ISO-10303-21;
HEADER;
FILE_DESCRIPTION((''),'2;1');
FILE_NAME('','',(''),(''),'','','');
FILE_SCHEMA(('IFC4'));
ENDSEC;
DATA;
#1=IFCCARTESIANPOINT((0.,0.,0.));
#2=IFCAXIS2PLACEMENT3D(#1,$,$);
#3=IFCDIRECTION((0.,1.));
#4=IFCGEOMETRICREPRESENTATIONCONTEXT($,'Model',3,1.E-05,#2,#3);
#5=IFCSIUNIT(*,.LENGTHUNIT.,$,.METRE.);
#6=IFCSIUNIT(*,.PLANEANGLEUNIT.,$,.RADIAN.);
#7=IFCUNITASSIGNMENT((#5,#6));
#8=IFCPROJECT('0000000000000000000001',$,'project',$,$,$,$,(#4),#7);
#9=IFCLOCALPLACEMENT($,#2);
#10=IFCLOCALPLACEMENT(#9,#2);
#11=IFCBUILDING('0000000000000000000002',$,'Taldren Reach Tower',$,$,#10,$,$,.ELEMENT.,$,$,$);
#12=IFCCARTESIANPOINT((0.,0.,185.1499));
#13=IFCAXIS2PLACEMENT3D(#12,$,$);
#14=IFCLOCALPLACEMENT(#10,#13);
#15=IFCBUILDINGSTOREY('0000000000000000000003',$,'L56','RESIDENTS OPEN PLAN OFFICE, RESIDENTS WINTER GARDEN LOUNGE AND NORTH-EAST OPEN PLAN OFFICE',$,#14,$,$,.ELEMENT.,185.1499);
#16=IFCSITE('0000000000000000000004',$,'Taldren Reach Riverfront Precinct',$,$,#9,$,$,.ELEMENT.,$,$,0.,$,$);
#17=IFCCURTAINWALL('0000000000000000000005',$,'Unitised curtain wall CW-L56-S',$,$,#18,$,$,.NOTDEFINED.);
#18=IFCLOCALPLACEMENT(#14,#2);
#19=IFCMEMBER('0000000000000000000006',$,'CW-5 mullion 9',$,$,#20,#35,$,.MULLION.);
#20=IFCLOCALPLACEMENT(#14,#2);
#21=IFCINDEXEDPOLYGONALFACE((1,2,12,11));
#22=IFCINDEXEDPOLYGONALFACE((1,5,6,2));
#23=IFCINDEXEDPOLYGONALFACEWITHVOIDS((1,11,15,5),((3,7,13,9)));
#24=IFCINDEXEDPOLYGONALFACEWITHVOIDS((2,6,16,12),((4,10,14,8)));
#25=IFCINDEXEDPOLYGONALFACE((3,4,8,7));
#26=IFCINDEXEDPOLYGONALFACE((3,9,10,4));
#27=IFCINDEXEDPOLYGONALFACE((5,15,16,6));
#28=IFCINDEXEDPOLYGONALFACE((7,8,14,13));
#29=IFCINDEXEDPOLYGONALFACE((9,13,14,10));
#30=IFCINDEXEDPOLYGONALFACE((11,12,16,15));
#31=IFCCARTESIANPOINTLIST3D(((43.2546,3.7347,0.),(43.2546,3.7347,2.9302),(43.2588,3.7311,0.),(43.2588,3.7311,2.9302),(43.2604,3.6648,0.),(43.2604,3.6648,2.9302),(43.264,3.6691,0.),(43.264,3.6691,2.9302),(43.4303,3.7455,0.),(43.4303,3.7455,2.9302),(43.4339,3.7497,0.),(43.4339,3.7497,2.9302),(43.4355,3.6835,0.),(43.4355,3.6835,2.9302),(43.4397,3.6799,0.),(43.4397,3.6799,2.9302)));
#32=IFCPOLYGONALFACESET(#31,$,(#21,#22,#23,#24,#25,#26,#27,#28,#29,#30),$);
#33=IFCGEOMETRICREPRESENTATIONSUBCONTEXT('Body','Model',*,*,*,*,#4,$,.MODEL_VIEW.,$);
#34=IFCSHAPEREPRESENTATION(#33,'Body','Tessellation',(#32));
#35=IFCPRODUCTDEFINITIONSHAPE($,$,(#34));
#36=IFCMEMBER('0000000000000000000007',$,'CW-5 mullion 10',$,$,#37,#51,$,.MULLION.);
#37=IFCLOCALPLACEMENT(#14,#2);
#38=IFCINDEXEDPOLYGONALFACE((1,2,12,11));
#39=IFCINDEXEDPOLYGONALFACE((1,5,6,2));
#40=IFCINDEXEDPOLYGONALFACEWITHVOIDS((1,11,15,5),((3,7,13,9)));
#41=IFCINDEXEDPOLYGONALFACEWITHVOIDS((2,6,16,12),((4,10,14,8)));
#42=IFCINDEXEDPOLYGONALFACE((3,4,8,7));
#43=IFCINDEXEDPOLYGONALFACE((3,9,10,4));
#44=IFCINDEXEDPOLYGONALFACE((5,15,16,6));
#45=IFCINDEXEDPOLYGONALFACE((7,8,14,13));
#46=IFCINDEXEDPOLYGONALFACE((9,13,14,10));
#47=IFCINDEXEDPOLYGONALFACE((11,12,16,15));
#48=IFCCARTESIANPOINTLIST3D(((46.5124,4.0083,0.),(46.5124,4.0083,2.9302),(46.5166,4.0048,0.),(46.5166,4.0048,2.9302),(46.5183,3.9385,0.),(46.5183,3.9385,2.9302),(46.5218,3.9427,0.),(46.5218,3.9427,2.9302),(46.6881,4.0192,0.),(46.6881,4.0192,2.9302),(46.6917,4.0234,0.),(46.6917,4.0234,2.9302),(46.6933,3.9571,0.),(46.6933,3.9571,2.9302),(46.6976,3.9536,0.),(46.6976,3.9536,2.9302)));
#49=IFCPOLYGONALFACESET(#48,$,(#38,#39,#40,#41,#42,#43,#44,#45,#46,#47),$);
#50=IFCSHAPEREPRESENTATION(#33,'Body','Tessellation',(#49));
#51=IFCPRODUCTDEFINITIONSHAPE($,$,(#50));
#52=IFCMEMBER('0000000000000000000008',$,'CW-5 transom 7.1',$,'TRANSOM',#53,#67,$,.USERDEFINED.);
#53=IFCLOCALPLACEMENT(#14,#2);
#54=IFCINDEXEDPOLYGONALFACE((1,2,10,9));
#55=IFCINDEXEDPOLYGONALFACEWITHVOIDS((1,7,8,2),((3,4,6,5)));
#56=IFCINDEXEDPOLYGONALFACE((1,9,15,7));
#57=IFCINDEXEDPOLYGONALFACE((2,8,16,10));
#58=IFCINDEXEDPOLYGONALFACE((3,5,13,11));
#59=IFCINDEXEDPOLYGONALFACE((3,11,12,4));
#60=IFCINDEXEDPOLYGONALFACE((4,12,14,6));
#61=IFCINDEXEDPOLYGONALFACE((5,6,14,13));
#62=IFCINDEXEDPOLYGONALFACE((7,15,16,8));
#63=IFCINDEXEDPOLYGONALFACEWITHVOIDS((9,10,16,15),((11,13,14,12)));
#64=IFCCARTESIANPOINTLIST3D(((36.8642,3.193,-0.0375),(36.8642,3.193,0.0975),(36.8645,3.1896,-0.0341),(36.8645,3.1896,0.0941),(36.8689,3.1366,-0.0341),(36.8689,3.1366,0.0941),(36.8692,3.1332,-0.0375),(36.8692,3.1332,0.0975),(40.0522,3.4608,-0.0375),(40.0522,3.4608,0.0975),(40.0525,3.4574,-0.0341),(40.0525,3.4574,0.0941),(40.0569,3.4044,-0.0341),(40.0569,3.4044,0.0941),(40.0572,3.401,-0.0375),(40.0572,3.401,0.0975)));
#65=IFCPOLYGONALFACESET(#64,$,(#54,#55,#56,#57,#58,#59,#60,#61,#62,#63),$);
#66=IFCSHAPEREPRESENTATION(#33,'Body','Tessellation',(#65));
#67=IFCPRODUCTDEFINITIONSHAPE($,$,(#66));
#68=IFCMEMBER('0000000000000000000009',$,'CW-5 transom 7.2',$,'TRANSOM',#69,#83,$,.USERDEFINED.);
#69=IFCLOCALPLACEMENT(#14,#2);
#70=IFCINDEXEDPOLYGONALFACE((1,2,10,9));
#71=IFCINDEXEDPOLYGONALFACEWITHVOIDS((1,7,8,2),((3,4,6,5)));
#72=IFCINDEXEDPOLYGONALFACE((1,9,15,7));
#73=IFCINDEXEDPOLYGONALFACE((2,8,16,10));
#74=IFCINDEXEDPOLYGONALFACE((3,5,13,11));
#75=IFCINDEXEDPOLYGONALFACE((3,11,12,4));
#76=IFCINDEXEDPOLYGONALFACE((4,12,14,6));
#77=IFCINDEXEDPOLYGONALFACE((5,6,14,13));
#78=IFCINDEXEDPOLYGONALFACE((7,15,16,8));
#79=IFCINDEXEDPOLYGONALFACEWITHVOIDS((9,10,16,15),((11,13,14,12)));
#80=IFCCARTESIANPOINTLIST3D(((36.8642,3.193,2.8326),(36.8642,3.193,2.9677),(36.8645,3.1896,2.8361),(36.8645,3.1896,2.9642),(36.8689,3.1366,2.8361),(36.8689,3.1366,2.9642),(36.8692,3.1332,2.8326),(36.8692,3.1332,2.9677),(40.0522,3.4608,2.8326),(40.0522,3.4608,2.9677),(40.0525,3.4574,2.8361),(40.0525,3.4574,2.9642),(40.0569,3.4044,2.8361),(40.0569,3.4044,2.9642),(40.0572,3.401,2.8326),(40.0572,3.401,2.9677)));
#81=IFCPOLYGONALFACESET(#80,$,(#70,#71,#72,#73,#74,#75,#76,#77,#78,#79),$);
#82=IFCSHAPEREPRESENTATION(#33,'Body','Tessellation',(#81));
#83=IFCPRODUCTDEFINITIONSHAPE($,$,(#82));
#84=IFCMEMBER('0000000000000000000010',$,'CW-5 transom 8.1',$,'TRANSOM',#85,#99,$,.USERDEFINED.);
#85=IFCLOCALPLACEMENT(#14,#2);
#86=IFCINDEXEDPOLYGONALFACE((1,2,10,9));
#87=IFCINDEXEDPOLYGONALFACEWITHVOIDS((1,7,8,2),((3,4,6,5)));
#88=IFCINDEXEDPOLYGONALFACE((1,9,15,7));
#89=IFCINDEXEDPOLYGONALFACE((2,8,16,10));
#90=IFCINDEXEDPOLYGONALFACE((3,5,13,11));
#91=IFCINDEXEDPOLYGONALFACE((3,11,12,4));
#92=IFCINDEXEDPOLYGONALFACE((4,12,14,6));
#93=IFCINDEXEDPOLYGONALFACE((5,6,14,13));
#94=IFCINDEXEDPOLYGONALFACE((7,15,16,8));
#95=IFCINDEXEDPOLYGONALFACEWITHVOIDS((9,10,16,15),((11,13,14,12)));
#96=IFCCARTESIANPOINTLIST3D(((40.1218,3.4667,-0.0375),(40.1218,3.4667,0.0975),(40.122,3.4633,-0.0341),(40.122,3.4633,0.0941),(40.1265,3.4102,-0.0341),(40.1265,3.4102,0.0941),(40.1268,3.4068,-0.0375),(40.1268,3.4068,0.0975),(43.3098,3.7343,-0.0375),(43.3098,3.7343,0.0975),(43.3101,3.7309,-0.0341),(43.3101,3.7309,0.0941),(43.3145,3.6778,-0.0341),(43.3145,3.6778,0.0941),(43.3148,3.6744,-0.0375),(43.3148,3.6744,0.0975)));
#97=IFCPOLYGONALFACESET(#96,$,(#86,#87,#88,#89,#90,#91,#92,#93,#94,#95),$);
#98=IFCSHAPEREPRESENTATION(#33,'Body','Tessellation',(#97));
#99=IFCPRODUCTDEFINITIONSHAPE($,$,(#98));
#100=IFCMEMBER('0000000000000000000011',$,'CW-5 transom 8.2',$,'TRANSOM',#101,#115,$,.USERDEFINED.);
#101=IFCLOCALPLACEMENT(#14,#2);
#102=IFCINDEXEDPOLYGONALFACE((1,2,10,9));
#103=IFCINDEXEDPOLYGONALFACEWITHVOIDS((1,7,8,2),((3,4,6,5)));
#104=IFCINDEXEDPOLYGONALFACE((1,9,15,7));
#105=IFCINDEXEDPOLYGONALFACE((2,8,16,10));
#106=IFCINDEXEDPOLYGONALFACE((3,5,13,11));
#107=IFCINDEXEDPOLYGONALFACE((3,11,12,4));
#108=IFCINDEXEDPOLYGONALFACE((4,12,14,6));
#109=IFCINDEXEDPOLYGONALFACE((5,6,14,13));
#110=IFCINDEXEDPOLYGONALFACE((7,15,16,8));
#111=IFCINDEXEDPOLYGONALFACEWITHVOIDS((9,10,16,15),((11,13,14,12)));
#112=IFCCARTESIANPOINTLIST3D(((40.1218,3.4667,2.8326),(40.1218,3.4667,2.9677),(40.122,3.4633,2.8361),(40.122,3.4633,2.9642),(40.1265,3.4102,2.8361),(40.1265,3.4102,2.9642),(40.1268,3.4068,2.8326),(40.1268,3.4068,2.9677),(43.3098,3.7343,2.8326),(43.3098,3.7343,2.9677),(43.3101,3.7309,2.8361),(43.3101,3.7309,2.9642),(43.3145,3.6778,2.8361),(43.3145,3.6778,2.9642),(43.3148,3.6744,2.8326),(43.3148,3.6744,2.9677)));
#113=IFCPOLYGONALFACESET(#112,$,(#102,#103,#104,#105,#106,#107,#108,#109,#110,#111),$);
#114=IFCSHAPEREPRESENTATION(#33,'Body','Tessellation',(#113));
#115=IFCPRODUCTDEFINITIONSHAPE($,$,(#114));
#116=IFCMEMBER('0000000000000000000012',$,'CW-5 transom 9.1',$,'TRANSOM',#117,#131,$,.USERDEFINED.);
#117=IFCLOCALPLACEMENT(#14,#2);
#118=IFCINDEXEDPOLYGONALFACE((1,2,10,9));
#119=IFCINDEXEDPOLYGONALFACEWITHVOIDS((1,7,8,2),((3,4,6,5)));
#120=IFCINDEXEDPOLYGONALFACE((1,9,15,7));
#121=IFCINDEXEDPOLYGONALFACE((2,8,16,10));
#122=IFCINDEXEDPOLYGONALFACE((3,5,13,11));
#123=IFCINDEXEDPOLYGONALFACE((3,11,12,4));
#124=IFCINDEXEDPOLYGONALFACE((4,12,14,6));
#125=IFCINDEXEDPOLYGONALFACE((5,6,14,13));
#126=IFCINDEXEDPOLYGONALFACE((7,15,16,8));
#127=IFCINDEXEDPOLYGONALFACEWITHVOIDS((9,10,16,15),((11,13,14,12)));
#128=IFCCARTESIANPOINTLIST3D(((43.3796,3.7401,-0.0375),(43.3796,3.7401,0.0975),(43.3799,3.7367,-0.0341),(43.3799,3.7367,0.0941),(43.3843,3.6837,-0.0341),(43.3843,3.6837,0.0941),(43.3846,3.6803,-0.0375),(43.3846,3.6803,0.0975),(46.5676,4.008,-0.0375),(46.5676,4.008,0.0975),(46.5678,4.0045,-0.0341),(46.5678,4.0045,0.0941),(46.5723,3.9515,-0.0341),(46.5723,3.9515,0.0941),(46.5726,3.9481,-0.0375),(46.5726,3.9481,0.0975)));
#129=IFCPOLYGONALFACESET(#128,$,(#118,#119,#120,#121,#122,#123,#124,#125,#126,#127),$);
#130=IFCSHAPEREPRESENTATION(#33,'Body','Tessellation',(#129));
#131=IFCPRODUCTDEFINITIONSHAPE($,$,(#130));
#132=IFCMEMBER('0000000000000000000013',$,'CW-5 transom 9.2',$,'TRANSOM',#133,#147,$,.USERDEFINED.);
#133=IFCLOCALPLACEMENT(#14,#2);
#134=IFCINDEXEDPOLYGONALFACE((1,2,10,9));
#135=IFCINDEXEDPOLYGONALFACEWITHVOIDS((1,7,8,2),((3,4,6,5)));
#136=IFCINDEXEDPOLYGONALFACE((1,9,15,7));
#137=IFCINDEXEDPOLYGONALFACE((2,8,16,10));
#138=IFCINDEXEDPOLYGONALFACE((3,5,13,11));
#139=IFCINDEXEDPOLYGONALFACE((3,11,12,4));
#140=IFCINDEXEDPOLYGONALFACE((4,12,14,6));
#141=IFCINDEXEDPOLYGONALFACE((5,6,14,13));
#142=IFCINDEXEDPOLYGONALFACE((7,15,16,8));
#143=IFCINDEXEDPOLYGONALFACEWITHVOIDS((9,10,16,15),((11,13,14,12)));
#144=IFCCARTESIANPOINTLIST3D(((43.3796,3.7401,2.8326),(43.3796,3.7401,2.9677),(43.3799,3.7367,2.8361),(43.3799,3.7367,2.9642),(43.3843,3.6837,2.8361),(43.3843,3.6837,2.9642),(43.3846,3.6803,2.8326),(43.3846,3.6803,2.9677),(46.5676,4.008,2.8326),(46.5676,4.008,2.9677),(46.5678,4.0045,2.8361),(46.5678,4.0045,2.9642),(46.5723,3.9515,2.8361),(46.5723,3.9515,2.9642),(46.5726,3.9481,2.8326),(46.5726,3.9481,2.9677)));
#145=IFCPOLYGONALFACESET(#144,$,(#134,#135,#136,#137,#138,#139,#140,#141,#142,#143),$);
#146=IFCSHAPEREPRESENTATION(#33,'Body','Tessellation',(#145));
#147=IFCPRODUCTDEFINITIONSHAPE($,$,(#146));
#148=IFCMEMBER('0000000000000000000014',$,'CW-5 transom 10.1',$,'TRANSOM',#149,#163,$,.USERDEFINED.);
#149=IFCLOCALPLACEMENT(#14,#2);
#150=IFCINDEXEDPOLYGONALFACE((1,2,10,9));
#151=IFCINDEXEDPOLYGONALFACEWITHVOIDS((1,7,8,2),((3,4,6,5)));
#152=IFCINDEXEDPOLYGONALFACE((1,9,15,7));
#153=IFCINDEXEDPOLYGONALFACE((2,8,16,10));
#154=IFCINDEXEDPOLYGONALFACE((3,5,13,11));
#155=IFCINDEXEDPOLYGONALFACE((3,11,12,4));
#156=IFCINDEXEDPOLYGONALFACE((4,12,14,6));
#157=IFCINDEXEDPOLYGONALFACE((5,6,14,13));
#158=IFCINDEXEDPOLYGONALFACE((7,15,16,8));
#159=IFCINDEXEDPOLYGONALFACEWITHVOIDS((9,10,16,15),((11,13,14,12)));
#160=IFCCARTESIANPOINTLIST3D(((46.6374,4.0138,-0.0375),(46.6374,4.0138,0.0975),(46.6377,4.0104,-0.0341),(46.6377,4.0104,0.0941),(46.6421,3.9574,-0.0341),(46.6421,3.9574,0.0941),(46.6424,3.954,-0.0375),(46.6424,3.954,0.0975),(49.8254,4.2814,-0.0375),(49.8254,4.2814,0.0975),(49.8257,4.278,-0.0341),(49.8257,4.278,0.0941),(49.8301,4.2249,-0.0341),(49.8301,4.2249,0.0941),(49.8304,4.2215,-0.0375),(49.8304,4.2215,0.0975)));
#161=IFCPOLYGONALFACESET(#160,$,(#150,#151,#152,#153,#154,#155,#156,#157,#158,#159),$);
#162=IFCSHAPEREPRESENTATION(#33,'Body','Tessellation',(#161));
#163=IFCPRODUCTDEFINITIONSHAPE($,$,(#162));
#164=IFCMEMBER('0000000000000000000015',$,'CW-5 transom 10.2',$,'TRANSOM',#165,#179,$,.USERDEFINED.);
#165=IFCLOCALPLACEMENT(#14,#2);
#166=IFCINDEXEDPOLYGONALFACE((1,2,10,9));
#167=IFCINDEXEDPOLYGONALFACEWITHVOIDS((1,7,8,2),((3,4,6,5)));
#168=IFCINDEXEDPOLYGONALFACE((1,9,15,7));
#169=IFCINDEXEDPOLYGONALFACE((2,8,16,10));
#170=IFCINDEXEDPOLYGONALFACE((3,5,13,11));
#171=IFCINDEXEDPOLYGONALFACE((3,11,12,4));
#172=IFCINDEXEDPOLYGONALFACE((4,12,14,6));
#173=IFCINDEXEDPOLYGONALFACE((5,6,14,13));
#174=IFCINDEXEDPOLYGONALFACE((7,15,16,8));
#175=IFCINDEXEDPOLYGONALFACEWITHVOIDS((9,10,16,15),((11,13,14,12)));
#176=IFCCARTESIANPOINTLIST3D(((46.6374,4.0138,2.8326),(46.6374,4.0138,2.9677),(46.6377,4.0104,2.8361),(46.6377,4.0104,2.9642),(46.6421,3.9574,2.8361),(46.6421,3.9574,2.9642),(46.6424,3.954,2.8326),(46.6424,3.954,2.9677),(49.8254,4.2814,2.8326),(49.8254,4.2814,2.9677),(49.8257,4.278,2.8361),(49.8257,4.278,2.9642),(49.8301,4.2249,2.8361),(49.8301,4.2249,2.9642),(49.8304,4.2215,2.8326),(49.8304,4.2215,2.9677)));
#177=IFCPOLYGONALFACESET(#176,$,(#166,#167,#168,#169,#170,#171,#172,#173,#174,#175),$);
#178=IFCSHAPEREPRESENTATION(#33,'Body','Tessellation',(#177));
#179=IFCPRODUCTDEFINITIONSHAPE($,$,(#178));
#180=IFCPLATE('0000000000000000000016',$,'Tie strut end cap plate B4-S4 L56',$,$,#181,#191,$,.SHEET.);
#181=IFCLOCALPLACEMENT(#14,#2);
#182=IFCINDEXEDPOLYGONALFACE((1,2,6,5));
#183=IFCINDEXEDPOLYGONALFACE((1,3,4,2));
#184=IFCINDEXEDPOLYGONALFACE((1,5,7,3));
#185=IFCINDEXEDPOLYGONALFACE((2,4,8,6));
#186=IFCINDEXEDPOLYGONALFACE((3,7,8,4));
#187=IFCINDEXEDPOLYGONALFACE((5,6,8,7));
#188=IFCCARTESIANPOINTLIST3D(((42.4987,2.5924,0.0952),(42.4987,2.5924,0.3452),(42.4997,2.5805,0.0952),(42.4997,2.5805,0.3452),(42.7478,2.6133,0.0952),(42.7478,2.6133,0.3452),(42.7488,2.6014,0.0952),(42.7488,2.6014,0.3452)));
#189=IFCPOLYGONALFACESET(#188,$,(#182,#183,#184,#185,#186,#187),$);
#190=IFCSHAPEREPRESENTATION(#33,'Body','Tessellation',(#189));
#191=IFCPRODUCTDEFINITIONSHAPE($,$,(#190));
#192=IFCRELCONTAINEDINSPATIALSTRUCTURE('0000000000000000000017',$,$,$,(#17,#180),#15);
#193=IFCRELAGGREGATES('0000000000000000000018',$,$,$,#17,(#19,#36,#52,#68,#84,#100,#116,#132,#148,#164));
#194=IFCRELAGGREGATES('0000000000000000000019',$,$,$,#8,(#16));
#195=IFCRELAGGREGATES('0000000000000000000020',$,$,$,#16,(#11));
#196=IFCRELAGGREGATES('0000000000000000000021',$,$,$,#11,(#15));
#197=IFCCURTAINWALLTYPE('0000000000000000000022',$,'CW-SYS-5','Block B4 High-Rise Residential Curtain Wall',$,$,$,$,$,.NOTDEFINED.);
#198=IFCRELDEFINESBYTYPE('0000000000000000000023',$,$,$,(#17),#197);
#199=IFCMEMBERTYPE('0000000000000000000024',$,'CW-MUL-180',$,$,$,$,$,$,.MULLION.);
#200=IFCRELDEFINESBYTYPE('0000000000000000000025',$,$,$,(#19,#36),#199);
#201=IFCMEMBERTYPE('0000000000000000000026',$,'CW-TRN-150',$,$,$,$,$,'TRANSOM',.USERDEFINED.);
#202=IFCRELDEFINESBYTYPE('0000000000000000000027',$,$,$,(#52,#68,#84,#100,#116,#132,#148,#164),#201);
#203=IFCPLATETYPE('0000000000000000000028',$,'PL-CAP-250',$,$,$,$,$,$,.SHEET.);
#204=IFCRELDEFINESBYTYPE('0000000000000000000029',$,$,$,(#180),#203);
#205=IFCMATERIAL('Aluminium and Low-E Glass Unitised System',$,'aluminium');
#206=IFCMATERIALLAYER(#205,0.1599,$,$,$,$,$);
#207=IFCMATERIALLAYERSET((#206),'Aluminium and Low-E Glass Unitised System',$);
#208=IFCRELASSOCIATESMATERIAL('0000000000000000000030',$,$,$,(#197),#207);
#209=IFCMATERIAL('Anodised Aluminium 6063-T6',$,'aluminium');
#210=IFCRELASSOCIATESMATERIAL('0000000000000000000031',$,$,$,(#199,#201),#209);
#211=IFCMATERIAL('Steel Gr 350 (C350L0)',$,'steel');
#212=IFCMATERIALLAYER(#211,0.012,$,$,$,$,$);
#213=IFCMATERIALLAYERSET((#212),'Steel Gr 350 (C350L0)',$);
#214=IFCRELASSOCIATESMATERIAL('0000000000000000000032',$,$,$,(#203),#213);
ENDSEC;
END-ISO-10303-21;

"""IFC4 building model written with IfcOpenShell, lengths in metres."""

from ifc_helpers import new_model, si_unit, direction, frame, origin, origin_2d, place, context, subcontext, project, spatial, rectangle, hollow_rectangle, extrude, source, transform, mapped, material, layer, layer_set, material_profile, profile_set, type_object, element, aggregate, save


model = new_model("IFC4")

# Units and contexts
model_context = context("Model", 3, precision=1e-05, world=origin(), true_north=direction((0.0, 1.0)))
body_context = subcontext(model_context, "Body", "Model", "MODEL_VIEW")
ifc_project = project(units=[si_unit("LENGTHUNIT", "METRE"), si_unit("PLANEANGLEUNIT", "RADIAN")], contexts=[model_context])

# Site, building, storey
site_placement = place(None, origin())
site = spatial("IfcSite", under=ifc_project, at=site_placement, Name="Taldren Reach Riverfront Precinct", CompositionType="ELEMENT", RefElevation=0.0)
building_placement = place(site_placement, origin())
building = spatial("IfcBuilding", under=site, at=building_placement, Name="Taldren Reach Tower", CompositionType="ELEMENT")
storey_placement = place(building_placement, frame((0.0, 0.0, 185.1499)))
storey = spatial("IfcBuildingStorey", under=building, at=storey_placement, Name="L56", Description="RESIDENTS OPEN PLAN OFFICE, RESIDENTS WINTER GARDEN LOUNGE AND NORTH-EAST OPEN PLAN OFFICE", CompositionType="ELEMENT", Elevation=185.1499)

# Shared definitions
ifc_material_1 = material(Name="Steel Gr 350 (C350L0)", Category="steel")

# Curtain wall, members
ifc_material_2 = material(Name="Aluminium and Low-E Glass Unitised System", Category="aluminium")
ifc_layer_1 = layer(ifc_material_2, 0.1599)
ifc_layer_set_1 = layer_set([ifc_layer_1], Name="Aluminium and Low-E Glass Unitised System")
curtain_wall_type = type_object("IfcCurtainWallType", Name="CW-SYS-5", Description="Block B4 High-Rise Residential Curtain Wall", PredefinedType="NOTDEFINED", material=ifc_layer_set_1)
curtain_wall_placement = place(storey_placement, origin())
curtain_wall = element("IfcCurtainWall", 1, at=curtain_wall_placement, inside=storey, type_object=curtain_wall_type, Name="Unitised curtain wall CW-L56-S", PredefinedType="NOTDEFINED")
ifc_material_3 = material(Name="Anodised Aluminium 6063-T6", Category="aluminium")
ifc_material_profile_1 = material_profile(ifc_material_3, hollow_rectangle(XDim=0.0701, YDim=0.1799, WallThickness=0.0039, at=origin_2d()), Name="ALU-180x70x4RHS")
ifc_profile_set_1 = profile_set([ifc_material_profile_1], Name="Anodised Aluminium 6063-T6")
member_type_1 = type_object("IfcMemberType", Name="CW-MUL-180", PredefinedType="MULLION", material=ifc_profile_set_1)
shared_shape_1 = source(origin(), body_context, "Body", "SweptSolid", [
    extrude(hollow_rectangle(XDim=0.0701, YDim=0.1799, WallThickness=0.0039, at=origin_2d()), origin(), (0.0, 0.0, 1.0), 2.9302),
])
member_1_placement = place(storey_placement, frame((43.3472, 3.7073, 0.0), z_axis=(0.0, 0.0, 1.0), x_axis=(-0.083678, 0.996493, 0.0)))
member_1 = element("IfcMember", 2, at=member_1_placement, type_object=member_type_1, Name="CW-5 mullion 9", PredefinedType="MULLION", context=body_context, shape_type="MappedRepresentation", body=[
    mapped(shared_shape_1, transform((0.0, 0.0, 0.0), scale=1.0)),
])
member_2_placement = place(storey_placement, frame((46.605, 3.981, 0.0), z_axis=(0.0, 0.0, 1.0), x_axis=(-0.083678, 0.996493, 0.0)))
member_2 = element("IfcMember", 3, at=member_2_placement, type_object=member_type_1, Name="CW-5 mullion 10", PredefinedType="MULLION", context=body_context, shape_type="MappedRepresentation", body=[
    mapped(shared_shape_1, transform((0.0, 0.0, 0.0), scale=1.0)),
])
ifc_material_profile_2 = material_profile(ifc_material_3, hollow_rectangle(XDim=0.0601, YDim=0.135, WallThickness=0.0034, at=origin_2d()), Name="ALU-135x60x3.5RHS")
ifc_profile_set_2 = profile_set([ifc_material_profile_2], Name="Anodised Aluminium 6063-T6")
member_type_2 = type_object("IfcMemberType", Name="CW-TRN-150", ElementType="TRANSOM", PredefinedType="USERDEFINED", material=ifc_profile_set_2)
shared_shape_2 = source(origin(), body_context, "Body", "SweptSolid", [
    extrude(hollow_rectangle(XDim=0.0601, YDim=0.135, WallThickness=0.0034, at=origin_2d()), origin(), (0.0, 0.0, 1.0), 3.1992),
])
member_3_placement = place(storey_placement, frame((36.8667, 3.1631, 0.03), z_axis=(0.99649, 0.083715, 0.0), x_axis=(-0.083715, 0.99649, 0.0)))
member_3 = element("IfcMember", 4, at=member_3_placement, type_object=member_type_2, Name="CW-5 transom 7.1", ObjectType="TRANSOM", PredefinedType="USERDEFINED", context=body_context, shape_type="MappedRepresentation", body=[
    mapped(shared_shape_2, transform((0.0, 0.0, 0.0), scale=1.0)),
])
member_4_placement = place(storey_placement, frame((36.8667, 3.1631, 2.9001), z_axis=(0.99649, 0.083715, 0.0), x_axis=(-0.083715, 0.99649, 0.0)))
member_4 = element("IfcMember", 5, at=member_4_placement, type_object=member_type_2, Name="CW-5 transom 7.2", ObjectType="TRANSOM", PredefinedType="USERDEFINED", context=body_context, shape_type="MappedRepresentation", body=[
    mapped(shared_shape_2, transform((0.0, 0.0, 0.0), scale=1.0)),
])
member_5_placement = place(storey_placement, frame((40.1243, 3.4368, 0.03), z_axis=(0.996496, 0.083639, 0.0), x_axis=(-0.083639, 0.996496, 0.0)))
member_5 = element("IfcMember", 6, at=member_5_placement, type_object=member_type_2, Name="CW-5 transom 8.1", ObjectType="TRANSOM", PredefinedType="USERDEFINED", context=body_context, shape_type="MappedRepresentation", body=[
    mapped(shared_shape_2, transform((0.0, 0.0, 0.0), scale=1.0)),
])
member_6_placement = place(storey_placement, frame((40.1243, 3.4368, 2.9001), z_axis=(0.996496, 0.083639, 0.0), x_axis=(-0.083639, 0.996496, 0.0)))
member_6 = element("IfcMember", 7, at=member_6_placement, type_object=member_type_2, Name="CW-5 transom 8.2", ObjectType="TRANSOM", PredefinedType="USERDEFINED", context=body_context, shape_type="MappedRepresentation", body=[
    mapped(shared_shape_2, transform((0.0, 0.0, 0.0), scale=1.0)),
])
member_7_placement = place(storey_placement, frame((43.3821, 3.7102, 0.03), z_axis=(0.99649, 0.083715, 0.0), x_axis=(-0.083715, 0.99649, 0.0)))
member_7 = element("IfcMember", 8, at=member_7_placement, type_object=member_type_2, Name="CW-5 transom 9.1", ObjectType="TRANSOM", PredefinedType="USERDEFINED", context=body_context, shape_type="MappedRepresentation", body=[
    mapped(shared_shape_2, transform((0.0, 0.0, 0.0), scale=1.0)),
])
member_8_placement = place(storey_placement, frame((43.3821, 3.7102, 2.9001), z_axis=(0.99649, 0.083715, 0.0), x_axis=(-0.083715, 0.99649, 0.0)))
member_8 = element("IfcMember", 9, at=member_8_placement, type_object=member_type_2, Name="CW-5 transom 9.2", ObjectType="TRANSOM", PredefinedType="USERDEFINED", context=body_context, shape_type="MappedRepresentation", body=[
    mapped(shared_shape_2, transform((0.0, 0.0, 0.0), scale=1.0)),
])
member_9_placement = place(storey_placement, frame((46.6399, 3.9839, 0.03), z_axis=(0.996496, 0.083639, 0.0), x_axis=(-0.083639, 0.996496, 0.0)))
member_9 = element("IfcMember", 10, at=member_9_placement, type_object=member_type_2, Name="CW-5 transom 10.1", ObjectType="TRANSOM", PredefinedType="USERDEFINED", context=body_context, shape_type="MappedRepresentation", body=[
    mapped(shared_shape_2, transform((0.0, 0.0, 0.0), scale=1.0)),
])
member_10_placement = place(storey_placement, frame((46.6399, 3.9839, 2.9001), z_axis=(0.996496, 0.083639, 0.0), x_axis=(-0.083639, 0.996496, 0.0)))
member_10 = element("IfcMember", 11, at=member_10_placement, type_object=member_type_2, Name="CW-5 transom 10.2", ObjectType="TRANSOM", PredefinedType="USERDEFINED", context=body_context, shape_type="MappedRepresentation", body=[
    mapped(shared_shape_2, transform((0.0, 0.0, 0.0), scale=1.0)),
])

# Plate
ifc_layer_2 = layer(ifc_material_1, 0.012)
ifc_layer_set_2 = layer_set([ifc_layer_2], Name="Steel Gr 350 (C350L0)")
plate_type_1 = type_object("IfcPlateType", Name="PL-CAP-250", PredefinedType="SHEET", material=ifc_layer_set_2)
shared_shape_3 = source(origin(), body_context, "Body", "SweptSolid", [
    extrude(rectangle(XDim=0.25, YDim=0.012, at=origin_2d()), origin(), (0.0, 0.0, 1.0), 0.25),
])
plate_1_placement = place(storey_placement, frame((42.6238, 2.5969, 0.0952), z_axis=(0.0, 0.0, 1.0), x_axis=(0.996493, 0.083678, 0.0)))
element("IfcPlate", 12, at=plate_1_placement, inside=storey, type_object=plate_type_1, Name="Tie strut end cap plate B4-S4 L56", PredefinedType="SHEET", context=body_context, shape_type="MappedRepresentation", body=[
    mapped(shared_shape_3, transform((0.0, 0.0, 0.0), scale=1.0)),
])

aggregate(curtain_wall, [member_1, member_2, member_3, member_4, member_5, member_6, member_7, member_8, member_9, member_10])

save(model, "model.ifc")
